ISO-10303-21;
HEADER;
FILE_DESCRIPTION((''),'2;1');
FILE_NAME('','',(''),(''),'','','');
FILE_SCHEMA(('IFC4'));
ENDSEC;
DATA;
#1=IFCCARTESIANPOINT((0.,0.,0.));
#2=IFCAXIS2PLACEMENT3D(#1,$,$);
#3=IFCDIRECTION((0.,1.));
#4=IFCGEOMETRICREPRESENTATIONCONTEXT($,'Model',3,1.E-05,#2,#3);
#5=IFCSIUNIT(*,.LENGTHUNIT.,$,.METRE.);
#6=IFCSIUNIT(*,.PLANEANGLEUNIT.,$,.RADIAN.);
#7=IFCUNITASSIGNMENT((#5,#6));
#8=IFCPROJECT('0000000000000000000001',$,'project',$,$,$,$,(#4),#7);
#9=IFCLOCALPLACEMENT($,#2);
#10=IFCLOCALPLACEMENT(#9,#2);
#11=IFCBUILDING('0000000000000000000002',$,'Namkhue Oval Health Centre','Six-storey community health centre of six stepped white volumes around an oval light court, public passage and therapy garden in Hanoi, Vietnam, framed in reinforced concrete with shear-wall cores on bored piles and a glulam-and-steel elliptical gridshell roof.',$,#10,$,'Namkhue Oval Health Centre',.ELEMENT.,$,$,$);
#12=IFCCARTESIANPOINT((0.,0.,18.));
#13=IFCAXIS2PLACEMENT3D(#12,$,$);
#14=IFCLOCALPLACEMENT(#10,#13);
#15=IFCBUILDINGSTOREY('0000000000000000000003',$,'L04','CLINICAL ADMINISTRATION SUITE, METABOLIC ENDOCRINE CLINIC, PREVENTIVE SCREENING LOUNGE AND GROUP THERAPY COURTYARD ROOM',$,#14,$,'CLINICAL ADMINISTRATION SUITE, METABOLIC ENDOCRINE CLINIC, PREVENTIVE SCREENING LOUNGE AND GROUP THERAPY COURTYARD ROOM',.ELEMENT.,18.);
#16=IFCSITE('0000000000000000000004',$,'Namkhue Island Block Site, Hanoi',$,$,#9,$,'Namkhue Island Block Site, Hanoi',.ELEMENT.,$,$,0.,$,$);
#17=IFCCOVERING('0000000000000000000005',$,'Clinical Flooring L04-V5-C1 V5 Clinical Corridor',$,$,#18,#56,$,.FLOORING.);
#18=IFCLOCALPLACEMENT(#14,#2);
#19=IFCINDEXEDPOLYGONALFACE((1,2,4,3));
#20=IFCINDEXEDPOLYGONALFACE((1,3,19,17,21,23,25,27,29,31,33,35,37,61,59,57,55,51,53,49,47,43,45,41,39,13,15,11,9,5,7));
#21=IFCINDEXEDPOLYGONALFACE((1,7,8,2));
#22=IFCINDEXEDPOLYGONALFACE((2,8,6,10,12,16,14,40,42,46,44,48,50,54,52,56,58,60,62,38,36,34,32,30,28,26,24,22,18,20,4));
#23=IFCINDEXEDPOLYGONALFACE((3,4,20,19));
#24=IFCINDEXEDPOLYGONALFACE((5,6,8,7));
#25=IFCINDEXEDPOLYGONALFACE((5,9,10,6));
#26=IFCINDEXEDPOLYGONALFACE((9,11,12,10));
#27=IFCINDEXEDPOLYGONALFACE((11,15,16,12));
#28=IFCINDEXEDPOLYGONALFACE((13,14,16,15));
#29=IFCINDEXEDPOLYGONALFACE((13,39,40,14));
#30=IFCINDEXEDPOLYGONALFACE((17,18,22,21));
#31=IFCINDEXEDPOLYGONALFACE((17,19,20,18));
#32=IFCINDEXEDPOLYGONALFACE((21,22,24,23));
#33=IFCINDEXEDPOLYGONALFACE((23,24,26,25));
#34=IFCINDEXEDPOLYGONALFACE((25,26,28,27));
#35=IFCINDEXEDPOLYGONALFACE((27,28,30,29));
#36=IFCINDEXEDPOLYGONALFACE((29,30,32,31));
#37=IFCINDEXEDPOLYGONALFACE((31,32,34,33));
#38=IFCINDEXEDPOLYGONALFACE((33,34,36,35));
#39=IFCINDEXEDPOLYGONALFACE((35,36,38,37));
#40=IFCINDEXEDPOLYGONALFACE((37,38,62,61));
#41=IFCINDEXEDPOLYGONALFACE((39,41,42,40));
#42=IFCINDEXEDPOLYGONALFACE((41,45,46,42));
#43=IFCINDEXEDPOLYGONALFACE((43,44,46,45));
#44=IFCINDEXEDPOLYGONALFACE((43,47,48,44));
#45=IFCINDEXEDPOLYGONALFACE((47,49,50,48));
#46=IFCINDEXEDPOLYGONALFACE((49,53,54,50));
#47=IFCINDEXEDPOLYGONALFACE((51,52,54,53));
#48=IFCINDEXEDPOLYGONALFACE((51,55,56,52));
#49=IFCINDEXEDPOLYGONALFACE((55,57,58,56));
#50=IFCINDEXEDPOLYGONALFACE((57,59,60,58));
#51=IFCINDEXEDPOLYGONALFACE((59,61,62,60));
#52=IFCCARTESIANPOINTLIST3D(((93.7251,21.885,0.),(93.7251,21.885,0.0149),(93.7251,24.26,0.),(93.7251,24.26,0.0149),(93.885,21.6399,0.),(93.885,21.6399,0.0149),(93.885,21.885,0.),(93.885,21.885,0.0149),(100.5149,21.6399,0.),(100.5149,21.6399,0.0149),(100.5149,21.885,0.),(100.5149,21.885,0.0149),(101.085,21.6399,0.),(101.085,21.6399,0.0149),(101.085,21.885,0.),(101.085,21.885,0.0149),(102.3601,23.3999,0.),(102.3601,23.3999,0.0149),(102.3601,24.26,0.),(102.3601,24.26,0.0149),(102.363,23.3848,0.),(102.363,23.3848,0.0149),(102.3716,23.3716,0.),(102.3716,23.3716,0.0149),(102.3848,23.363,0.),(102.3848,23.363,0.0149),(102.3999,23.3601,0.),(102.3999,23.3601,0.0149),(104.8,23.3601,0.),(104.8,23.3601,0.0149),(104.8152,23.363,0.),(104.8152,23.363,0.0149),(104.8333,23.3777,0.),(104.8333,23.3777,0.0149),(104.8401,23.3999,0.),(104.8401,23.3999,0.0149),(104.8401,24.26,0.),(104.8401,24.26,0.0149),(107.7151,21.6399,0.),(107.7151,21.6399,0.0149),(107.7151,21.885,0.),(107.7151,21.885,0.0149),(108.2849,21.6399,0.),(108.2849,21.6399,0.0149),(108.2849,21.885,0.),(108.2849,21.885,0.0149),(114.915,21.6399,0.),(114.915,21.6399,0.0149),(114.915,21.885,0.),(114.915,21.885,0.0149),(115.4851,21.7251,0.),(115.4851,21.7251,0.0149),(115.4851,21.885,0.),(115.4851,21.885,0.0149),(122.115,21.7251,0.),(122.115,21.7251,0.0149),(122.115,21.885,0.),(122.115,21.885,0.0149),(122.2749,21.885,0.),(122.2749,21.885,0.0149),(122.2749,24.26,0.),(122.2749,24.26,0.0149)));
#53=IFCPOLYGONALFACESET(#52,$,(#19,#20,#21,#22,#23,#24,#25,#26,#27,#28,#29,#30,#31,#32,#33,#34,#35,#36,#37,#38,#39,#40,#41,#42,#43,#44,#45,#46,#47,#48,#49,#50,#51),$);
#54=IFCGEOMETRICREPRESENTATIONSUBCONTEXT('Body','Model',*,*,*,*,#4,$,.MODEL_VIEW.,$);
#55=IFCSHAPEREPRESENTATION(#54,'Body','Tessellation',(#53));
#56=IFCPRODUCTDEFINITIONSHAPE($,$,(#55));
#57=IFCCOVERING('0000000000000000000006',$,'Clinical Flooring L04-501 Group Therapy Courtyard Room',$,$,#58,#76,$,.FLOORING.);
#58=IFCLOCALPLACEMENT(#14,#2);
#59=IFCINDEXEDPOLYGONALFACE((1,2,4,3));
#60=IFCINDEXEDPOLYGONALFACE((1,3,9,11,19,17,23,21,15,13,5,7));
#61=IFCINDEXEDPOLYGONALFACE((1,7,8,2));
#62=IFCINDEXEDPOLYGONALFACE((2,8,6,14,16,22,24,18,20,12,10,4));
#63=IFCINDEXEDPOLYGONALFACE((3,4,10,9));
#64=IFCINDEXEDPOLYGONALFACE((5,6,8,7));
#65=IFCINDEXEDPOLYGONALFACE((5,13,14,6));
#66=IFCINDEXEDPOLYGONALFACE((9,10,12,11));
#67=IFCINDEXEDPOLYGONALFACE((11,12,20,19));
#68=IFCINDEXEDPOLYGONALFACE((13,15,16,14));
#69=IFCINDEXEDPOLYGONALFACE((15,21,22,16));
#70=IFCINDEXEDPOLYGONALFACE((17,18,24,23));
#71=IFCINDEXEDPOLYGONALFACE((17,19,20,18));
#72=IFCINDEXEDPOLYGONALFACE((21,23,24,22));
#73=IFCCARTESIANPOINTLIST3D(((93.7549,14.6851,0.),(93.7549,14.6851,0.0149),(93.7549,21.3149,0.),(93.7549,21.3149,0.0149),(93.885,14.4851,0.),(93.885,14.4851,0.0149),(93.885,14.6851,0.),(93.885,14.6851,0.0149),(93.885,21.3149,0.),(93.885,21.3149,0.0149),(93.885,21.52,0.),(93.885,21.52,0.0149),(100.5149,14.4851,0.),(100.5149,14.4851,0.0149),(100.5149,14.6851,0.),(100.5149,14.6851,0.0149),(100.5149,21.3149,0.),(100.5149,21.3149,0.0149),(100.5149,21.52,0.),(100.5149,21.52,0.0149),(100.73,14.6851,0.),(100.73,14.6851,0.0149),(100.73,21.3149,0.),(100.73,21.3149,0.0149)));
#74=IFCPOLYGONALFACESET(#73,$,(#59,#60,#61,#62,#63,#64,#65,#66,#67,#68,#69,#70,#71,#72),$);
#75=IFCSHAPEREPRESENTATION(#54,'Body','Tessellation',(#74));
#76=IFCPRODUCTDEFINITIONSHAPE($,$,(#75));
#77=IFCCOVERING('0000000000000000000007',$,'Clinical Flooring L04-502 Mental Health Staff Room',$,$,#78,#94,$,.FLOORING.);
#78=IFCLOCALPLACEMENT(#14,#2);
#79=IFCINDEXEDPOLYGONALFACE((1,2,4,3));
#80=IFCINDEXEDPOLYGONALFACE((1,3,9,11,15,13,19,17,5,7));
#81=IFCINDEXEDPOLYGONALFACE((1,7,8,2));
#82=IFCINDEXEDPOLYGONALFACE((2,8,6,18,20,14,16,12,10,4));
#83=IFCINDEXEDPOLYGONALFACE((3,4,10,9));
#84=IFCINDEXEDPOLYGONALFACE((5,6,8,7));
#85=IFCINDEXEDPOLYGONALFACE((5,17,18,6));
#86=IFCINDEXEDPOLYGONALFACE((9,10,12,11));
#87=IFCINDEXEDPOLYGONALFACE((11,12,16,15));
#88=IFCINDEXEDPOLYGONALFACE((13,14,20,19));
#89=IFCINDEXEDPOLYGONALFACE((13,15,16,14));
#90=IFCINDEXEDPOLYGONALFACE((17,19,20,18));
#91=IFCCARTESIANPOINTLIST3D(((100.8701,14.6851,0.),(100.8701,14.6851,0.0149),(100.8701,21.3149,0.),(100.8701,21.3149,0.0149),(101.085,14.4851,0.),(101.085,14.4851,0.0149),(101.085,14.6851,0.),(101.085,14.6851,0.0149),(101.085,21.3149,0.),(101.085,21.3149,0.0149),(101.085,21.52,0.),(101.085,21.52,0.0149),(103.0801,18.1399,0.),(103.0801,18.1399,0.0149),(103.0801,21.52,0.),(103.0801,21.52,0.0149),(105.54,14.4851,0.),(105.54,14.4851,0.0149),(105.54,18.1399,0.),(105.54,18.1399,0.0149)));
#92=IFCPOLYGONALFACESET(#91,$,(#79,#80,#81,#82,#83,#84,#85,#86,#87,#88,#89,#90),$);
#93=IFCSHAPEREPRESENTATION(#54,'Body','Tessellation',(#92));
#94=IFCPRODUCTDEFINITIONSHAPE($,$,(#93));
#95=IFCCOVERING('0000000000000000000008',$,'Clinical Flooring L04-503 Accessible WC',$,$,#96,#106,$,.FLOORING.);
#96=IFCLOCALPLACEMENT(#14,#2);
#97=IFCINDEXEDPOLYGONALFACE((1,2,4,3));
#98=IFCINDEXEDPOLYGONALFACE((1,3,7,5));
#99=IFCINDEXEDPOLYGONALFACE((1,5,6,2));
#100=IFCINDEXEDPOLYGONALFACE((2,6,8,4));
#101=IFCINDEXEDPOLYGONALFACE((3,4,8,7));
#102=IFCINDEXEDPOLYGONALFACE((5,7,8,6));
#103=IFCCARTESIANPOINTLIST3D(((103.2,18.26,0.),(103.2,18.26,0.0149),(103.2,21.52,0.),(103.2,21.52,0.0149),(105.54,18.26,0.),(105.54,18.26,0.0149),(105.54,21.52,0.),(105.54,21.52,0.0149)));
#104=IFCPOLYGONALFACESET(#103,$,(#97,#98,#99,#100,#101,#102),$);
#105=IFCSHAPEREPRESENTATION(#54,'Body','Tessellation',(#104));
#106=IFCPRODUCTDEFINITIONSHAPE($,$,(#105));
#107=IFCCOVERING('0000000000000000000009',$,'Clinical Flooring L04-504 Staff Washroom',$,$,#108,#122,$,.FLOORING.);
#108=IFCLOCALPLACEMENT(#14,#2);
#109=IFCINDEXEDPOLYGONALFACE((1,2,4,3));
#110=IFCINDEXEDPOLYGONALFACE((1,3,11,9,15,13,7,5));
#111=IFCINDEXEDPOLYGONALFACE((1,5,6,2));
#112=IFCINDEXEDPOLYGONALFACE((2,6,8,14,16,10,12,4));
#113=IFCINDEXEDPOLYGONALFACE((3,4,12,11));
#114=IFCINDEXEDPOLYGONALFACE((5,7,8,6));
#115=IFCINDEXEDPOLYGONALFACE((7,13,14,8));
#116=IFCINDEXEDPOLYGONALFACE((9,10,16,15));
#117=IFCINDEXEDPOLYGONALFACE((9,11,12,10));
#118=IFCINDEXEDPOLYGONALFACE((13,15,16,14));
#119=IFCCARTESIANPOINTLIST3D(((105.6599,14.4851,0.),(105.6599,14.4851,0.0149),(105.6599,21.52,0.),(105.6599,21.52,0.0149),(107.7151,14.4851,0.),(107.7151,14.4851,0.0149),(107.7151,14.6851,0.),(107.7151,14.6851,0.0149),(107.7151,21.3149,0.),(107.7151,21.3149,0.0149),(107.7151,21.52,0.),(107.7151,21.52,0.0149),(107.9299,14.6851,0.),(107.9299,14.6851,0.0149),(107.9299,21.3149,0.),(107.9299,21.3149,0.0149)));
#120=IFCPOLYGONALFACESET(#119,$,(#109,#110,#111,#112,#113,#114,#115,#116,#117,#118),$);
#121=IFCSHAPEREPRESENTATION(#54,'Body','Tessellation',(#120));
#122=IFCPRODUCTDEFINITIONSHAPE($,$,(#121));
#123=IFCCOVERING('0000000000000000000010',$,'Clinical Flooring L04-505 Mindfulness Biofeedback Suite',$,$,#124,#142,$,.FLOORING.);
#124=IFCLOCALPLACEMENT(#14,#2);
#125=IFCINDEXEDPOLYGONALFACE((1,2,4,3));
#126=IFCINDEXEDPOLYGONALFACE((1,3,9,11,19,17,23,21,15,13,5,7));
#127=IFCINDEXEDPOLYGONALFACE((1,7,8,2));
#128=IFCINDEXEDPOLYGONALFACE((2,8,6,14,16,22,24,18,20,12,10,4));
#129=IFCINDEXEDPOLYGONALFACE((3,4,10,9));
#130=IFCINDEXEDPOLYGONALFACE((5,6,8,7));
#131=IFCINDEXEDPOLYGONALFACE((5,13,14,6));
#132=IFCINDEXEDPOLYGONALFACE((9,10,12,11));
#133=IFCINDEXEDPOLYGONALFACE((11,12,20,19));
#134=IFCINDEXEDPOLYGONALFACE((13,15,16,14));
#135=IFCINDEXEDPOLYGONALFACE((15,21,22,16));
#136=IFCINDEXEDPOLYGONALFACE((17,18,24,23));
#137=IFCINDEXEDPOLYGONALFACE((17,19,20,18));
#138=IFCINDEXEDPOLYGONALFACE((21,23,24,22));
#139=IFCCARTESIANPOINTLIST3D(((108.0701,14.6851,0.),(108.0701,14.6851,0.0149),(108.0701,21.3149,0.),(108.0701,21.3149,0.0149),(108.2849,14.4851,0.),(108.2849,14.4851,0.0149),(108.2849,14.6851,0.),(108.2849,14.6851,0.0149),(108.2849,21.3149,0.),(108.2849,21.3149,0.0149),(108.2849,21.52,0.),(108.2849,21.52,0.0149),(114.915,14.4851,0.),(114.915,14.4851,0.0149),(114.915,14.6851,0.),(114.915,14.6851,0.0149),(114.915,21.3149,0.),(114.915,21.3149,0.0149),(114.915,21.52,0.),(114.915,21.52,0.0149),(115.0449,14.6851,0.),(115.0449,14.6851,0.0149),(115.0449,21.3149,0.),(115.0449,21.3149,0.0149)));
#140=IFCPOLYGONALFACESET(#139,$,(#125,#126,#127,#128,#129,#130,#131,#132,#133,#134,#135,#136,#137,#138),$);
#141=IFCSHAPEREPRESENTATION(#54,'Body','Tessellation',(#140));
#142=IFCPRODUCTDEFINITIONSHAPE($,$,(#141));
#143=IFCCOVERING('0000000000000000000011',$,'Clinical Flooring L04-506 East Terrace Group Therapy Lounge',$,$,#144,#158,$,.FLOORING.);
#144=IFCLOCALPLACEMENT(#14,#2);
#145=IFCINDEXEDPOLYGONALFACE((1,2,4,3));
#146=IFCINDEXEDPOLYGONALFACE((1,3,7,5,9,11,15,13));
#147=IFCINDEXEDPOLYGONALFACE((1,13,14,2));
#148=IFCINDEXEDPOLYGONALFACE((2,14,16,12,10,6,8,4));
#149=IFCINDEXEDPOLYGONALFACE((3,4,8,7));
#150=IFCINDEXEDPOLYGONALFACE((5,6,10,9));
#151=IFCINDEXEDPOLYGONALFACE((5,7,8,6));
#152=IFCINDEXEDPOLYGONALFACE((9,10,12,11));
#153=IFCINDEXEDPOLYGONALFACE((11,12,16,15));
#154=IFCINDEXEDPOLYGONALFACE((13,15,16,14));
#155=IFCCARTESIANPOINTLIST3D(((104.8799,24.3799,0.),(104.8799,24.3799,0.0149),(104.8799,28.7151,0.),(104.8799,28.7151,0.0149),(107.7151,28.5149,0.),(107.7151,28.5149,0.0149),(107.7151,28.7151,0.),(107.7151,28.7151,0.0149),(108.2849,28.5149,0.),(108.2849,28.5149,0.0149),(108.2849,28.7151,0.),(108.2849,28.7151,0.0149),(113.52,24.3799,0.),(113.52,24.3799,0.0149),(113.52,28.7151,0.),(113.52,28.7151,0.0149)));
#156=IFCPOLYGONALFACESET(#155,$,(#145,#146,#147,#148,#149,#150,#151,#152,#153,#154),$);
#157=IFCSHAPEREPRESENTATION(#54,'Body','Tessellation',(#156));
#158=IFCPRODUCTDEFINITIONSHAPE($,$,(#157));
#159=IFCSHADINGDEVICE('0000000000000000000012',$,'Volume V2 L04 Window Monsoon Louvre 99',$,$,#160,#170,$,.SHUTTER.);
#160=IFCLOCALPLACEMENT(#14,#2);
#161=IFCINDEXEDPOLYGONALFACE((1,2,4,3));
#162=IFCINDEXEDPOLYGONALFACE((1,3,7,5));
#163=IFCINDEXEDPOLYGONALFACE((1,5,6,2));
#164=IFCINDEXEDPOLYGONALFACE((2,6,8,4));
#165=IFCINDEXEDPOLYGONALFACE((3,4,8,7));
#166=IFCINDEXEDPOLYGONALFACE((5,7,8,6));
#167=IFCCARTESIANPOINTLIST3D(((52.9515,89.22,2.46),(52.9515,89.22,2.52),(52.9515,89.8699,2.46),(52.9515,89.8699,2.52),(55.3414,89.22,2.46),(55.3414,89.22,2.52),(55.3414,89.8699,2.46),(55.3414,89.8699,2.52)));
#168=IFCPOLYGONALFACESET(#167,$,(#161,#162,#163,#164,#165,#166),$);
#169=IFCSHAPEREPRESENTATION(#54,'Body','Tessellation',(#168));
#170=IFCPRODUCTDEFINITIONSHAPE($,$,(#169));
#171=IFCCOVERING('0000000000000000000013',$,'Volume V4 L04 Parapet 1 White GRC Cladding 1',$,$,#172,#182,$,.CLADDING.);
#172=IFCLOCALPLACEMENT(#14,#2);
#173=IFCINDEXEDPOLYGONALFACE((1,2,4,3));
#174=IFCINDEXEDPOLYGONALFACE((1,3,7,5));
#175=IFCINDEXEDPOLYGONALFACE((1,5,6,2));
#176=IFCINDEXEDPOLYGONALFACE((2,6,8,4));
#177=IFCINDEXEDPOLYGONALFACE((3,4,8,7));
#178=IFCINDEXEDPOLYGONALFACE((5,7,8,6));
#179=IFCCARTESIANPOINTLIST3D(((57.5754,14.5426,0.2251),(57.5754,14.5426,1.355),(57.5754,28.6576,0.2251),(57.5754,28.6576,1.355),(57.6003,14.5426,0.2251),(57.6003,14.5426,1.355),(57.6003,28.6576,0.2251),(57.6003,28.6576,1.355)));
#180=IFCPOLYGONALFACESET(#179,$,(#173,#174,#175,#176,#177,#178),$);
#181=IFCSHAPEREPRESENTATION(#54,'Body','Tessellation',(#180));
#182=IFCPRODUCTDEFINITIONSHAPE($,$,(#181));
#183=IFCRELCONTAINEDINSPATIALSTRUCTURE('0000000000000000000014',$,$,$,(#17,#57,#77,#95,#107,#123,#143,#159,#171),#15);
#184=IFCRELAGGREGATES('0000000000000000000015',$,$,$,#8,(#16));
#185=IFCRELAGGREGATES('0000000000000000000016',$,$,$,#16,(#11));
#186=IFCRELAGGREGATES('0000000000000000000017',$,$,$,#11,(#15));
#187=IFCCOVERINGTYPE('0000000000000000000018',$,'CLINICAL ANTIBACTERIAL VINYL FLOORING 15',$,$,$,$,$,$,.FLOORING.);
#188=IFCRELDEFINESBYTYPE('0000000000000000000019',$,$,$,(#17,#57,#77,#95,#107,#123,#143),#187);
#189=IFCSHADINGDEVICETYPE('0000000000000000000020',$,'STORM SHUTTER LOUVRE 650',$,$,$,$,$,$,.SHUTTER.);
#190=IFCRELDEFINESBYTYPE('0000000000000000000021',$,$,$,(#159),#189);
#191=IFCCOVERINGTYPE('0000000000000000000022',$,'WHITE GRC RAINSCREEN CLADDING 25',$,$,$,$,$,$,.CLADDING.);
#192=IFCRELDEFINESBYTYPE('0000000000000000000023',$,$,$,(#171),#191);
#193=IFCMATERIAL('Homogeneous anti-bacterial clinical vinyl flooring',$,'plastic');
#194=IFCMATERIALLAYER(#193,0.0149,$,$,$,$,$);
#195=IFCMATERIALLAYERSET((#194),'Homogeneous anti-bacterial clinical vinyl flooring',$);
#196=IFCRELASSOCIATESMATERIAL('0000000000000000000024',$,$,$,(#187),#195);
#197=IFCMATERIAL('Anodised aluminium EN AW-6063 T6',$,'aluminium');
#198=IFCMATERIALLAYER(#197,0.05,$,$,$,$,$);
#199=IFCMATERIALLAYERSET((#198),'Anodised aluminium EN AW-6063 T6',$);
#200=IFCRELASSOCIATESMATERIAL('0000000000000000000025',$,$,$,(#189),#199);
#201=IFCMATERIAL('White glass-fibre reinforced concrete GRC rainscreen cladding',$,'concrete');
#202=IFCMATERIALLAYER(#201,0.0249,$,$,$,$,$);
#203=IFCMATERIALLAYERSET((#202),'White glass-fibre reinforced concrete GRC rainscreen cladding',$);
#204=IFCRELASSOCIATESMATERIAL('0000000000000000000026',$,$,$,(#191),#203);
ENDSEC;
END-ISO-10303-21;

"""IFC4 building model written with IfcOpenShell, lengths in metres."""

from ifc_helpers import new_model, si_unit, direction, frame, origin, origin_2d, place, context, subcontext, project, spatial, polyline, rectangle, outline, extrude, material, layer, layer_set, type_object, element, save


model = new_model("IFC4")

# Units and contexts
model_context = context("Model", 3, precision=1e-05, world=origin(), true_north=direction((0.0, 1.0)))
body_context = subcontext(model_context, "Body", "Model", "MODEL_VIEW")
ifc_project = project(units=[si_unit("LENGTHUNIT", "METRE"), si_unit("PLANEANGLEUNIT", "RADIAN")], contexts=[model_context])

# Site, building, storey
site_placement = place(None, origin())
site = spatial("IfcSite", under=ifc_project, at=site_placement, Name="Namkhue Island Block Site, Hanoi", LongName="Namkhue Island Block Site, Hanoi", CompositionType="ELEMENT", RefElevation=0.0)
building_placement = place(site_placement, origin())
building = spatial("IfcBuilding", under=site, at=building_placement, Name="Namkhue Oval Health Centre", Description="Six-storey community health centre of six stepped white volumes around an oval light court, public passage and therapy garden in Hanoi, Vietnam, framed in reinforced concrete with shear-wall cores on bored piles and a glulam-and-steel elliptical gridshell roof.", LongName="Namkhue Oval Health Centre", CompositionType="ELEMENT")
storey_placement = place(building_placement, frame((0.0, 0.0, 18.0)))
storey = spatial("IfcBuildingStorey", under=building, at=storey_placement, Name="L04", Description="CLINICAL ADMINISTRATION SUITE, METABOLIC ENDOCRINE CLINIC, PREVENTIVE SCREENING LOUNGE AND GROUP THERAPY COURTYARD ROOM", LongName="CLINICAL ADMINISTRATION SUITE, METABOLIC ENDOCRINE CLINIC, PREVENTIVE SCREENING LOUNGE AND GROUP THERAPY COURTYARD ROOM", CompositionType="ELEMENT", Elevation=18.0)

# Coverings
ifc_material_1 = material(Name="Homogeneous anti-bacterial clinical vinyl flooring", Category="plastic")
ifc_layer_1 = layer(ifc_material_1, 0.0149)
ifc_layer_set_1 = layer_set([ifc_layer_1], Name="Homogeneous anti-bacterial clinical vinyl flooring")
covering_type_1 = type_object("IfcCoveringType", Name="CLINICAL ANTIBACTERIAL VINYL FLOORING 15", PredefinedType="FLOORING", material=ifc_layer_set_1)
covering_1_placement = place(storey_placement, origin())
element("IfcCovering", 1, at=covering_1_placement, inside=storey, type_object=covering_type_1, Name="Clinical Flooring L04-V5-C1 V5 Clinical Corridor", PredefinedType="FLOORING", context=body_context, shape_type="SweptSolid", body=[
    extrude(outline(polyline([(108.2849, 21.6399), (108.2849, 21.885), (107.7151, 21.885), (107.7151, 21.6399), (101.085, 21.6399), (101.085, 21.885), (100.5149, 21.885), (100.5149, 21.6399), (93.885, 21.6399), (93.885, 21.885), (93.7251, 21.885), (93.7251, 24.26), (102.3601, 24.26), (102.3601, 23.3999), (102.363, 23.3848), (102.3716, 23.3716), (102.3848, 23.363), (102.3999, 23.3601), (104.8, 23.3601), (104.8152, 23.363), (104.8333, 23.3777), (104.8401, 23.3999), (104.8401, 24.26), (122.2749, 24.26), (122.2749, 21.885), (122.115, 21.885), (122.115, 21.7251), (115.4851, 21.7251), (115.4851, 21.885), (114.915, 21.885), (114.915, 21.6399), (108.2849, 21.6399)])), origin(), (0.0, 0.0, 1.0), 0.0149),
])
covering_2_placement = place(storey_placement, origin())
element("IfcCovering", 2, at=covering_2_placement, inside=storey, type_object=covering_type_1, Name="Clinical Flooring L04-501 Group Therapy Courtyard Room", PredefinedType="FLOORING", context=body_context, shape_type="SweptSolid", body=[
    extrude(outline(polyline([(93.885, 14.4851), (93.885, 14.6851), (93.7549, 14.6851), (93.7549, 21.3149), (93.885, 21.3149), (93.885, 21.52), (100.5149, 21.52), (100.5149, 21.3149), (100.73, 21.3149), (100.73, 14.6851), (100.5149, 14.6851), (100.5149, 14.4851), (93.885, 14.4851)])), origin(), (0.0, 0.0, 1.0), 0.0149),
])
covering_3_placement = place(storey_placement, origin())
element("IfcCovering", 3, at=covering_3_placement, inside=storey, type_object=covering_type_1, Name="Clinical Flooring L04-502 Mental Health Staff Room", PredefinedType="FLOORING", context=body_context, shape_type="SweptSolid", body=[
    extrude(outline(polyline([(103.0801, 21.52), (103.0801, 18.1399), (105.54, 18.1399), (105.54, 14.4851), (101.085, 14.4851), (101.085, 14.6851), (100.8701, 14.6851), (100.8701, 21.3149), (101.085, 21.3149), (101.085, 21.52), (103.0801, 21.52)])), origin(), (0.0, 0.0, 1.0), 0.0149),
])
covering_4_placement = place(storey_placement, origin())
element("IfcCovering", 4, at=covering_4_placement, inside=storey, type_object=covering_type_1, Name="Clinical Flooring L04-503 Accessible WC", PredefinedType="FLOORING", context=body_context, shape_type="SweptSolid", body=[
    extrude(outline(polyline([(103.2, 18.26), (103.2, 21.52), (105.54, 21.52), (105.54, 18.26), (103.2, 18.26)])), origin(), (0.0, 0.0, 1.0), 0.0149),
])
covering_5_placement = place(storey_placement, origin())
element("IfcCovering", 5, at=covering_5_placement, inside=storey, type_object=covering_type_1, Name="Clinical Flooring L04-504 Staff Washroom", PredefinedType="FLOORING", context=body_context, shape_type="SweptSolid", body=[
    extrude(outline(polyline([(105.6599, 14.4851), (105.6599, 21.52), (107.7151, 21.52), (107.7151, 21.3149), (107.9299, 21.3149), (107.9299, 14.6851), (107.7151, 14.6851), (107.7151, 14.4851), (105.6599, 14.4851)])), origin(), (0.0, 0.0, 1.0), 0.0149),
])
covering_6_placement = place(storey_placement, origin())
element("IfcCovering", 6, at=covering_6_placement, inside=storey, type_object=covering_type_1, Name="Clinical Flooring L04-505 Mindfulness Biofeedback Suite", PredefinedType="FLOORING", context=body_context, shape_type="SweptSolid", body=[
    extrude(outline(polyline([(108.2849, 14.4851), (108.2849, 14.6851), (108.0701, 14.6851), (108.0701, 21.3149), (108.2849, 21.3149), (108.2849, 21.52), (114.915, 21.52), (114.915, 21.3149), (115.0449, 21.3149), (115.0449, 14.6851), (114.915, 14.6851), (114.915, 14.4851), (108.2849, 14.4851)])), origin(), (0.0, 0.0, 1.0), 0.0149),
])
covering_7_placement = place(storey_placement, origin())
element("IfcCovering", 7, at=covering_7_placement, inside=storey, type_object=covering_type_1, Name="Clinical Flooring L04-506 East Terrace Group Therapy Lounge", PredefinedType="FLOORING", context=body_context, shape_type="SweptSolid", body=[
    extrude(outline(polyline([(104.8799, 24.3799), (104.8799, 28.7151), (107.7151, 28.7151), (107.7151, 28.5149), (108.2849, 28.5149), (108.2849, 28.7151), (113.52, 28.7151), (113.52, 24.3799), (104.8799, 24.3799)])), origin(), (0.0, 0.0, 1.0), 0.0149),
])

# Shading device
ifc_material_2 = material(Name="Anodised aluminium EN AW-6063 T6", Category="aluminium")
ifc_layer_2 = layer(ifc_material_2, 0.05)
ifc_layer_set_2 = layer_set([ifc_layer_2], Name="Anodised aluminium EN AW-6063 T6")
shading_device_type = type_object("IfcShadingDeviceType", Name="STORM SHUTTER LOUVRE 650", PredefinedType="SHUTTER", material=ifc_layer_set_2)
shading_device_placement = place(storey_placement, frame((54.1465, 89.5449, 2.46), z_axis=(0.0, 0.0, 1.0), x_axis=(1.0, 0.0, 0.0)))
element("IfcShadingDevice", 8, at=shading_device_placement, inside=storey, type_object=shading_device_type, Name="Volume V2 L04 Window Monsoon Louvre 99", PredefinedType="SHUTTER", context=body_context, shape_type="SweptSolid", body=[
    extrude(rectangle(XDim=2.3899, YDim=0.6499, at=origin_2d()), origin(), (0.0, 0.0, 1.0), 0.0601),
])

# Covering
ifc_material_3 = material(Name="White glass-fibre reinforced concrete GRC rainscreen cladding", Category="concrete")
ifc_layer_3 = layer(ifc_material_3, 0.0249)
ifc_layer_set_3 = layer_set([ifc_layer_3], Name="White glass-fibre reinforced concrete GRC rainscreen cladding")
covering_type_2 = type_object("IfcCoveringType", Name="WHITE GRC RAINSCREEN CLADDING 25", PredefinedType="CLADDING", material=ifc_layer_set_3)
covering_8_placement = place(storey_placement, frame((57.5879, 21.6001, 0.2251), z_axis=(0.0, 0.0, 1.0), x_axis=(0.0, 1.0, 0.0)))
element("IfcCovering", 9, at=covering_8_placement, inside=storey, type_object=covering_type_2, Name="Volume V4 L04 Parapet 1 White GRC Cladding 1", PredefinedType="CLADDING", context=body_context, shape_type="SweptSolid", body=[
    extrude(rectangle(XDim=14.115, YDim=0.0249, at=origin_2d()), origin(), (0.0, 0.0, 1.0), 1.1299),
])

save(model, "model.ifc")
